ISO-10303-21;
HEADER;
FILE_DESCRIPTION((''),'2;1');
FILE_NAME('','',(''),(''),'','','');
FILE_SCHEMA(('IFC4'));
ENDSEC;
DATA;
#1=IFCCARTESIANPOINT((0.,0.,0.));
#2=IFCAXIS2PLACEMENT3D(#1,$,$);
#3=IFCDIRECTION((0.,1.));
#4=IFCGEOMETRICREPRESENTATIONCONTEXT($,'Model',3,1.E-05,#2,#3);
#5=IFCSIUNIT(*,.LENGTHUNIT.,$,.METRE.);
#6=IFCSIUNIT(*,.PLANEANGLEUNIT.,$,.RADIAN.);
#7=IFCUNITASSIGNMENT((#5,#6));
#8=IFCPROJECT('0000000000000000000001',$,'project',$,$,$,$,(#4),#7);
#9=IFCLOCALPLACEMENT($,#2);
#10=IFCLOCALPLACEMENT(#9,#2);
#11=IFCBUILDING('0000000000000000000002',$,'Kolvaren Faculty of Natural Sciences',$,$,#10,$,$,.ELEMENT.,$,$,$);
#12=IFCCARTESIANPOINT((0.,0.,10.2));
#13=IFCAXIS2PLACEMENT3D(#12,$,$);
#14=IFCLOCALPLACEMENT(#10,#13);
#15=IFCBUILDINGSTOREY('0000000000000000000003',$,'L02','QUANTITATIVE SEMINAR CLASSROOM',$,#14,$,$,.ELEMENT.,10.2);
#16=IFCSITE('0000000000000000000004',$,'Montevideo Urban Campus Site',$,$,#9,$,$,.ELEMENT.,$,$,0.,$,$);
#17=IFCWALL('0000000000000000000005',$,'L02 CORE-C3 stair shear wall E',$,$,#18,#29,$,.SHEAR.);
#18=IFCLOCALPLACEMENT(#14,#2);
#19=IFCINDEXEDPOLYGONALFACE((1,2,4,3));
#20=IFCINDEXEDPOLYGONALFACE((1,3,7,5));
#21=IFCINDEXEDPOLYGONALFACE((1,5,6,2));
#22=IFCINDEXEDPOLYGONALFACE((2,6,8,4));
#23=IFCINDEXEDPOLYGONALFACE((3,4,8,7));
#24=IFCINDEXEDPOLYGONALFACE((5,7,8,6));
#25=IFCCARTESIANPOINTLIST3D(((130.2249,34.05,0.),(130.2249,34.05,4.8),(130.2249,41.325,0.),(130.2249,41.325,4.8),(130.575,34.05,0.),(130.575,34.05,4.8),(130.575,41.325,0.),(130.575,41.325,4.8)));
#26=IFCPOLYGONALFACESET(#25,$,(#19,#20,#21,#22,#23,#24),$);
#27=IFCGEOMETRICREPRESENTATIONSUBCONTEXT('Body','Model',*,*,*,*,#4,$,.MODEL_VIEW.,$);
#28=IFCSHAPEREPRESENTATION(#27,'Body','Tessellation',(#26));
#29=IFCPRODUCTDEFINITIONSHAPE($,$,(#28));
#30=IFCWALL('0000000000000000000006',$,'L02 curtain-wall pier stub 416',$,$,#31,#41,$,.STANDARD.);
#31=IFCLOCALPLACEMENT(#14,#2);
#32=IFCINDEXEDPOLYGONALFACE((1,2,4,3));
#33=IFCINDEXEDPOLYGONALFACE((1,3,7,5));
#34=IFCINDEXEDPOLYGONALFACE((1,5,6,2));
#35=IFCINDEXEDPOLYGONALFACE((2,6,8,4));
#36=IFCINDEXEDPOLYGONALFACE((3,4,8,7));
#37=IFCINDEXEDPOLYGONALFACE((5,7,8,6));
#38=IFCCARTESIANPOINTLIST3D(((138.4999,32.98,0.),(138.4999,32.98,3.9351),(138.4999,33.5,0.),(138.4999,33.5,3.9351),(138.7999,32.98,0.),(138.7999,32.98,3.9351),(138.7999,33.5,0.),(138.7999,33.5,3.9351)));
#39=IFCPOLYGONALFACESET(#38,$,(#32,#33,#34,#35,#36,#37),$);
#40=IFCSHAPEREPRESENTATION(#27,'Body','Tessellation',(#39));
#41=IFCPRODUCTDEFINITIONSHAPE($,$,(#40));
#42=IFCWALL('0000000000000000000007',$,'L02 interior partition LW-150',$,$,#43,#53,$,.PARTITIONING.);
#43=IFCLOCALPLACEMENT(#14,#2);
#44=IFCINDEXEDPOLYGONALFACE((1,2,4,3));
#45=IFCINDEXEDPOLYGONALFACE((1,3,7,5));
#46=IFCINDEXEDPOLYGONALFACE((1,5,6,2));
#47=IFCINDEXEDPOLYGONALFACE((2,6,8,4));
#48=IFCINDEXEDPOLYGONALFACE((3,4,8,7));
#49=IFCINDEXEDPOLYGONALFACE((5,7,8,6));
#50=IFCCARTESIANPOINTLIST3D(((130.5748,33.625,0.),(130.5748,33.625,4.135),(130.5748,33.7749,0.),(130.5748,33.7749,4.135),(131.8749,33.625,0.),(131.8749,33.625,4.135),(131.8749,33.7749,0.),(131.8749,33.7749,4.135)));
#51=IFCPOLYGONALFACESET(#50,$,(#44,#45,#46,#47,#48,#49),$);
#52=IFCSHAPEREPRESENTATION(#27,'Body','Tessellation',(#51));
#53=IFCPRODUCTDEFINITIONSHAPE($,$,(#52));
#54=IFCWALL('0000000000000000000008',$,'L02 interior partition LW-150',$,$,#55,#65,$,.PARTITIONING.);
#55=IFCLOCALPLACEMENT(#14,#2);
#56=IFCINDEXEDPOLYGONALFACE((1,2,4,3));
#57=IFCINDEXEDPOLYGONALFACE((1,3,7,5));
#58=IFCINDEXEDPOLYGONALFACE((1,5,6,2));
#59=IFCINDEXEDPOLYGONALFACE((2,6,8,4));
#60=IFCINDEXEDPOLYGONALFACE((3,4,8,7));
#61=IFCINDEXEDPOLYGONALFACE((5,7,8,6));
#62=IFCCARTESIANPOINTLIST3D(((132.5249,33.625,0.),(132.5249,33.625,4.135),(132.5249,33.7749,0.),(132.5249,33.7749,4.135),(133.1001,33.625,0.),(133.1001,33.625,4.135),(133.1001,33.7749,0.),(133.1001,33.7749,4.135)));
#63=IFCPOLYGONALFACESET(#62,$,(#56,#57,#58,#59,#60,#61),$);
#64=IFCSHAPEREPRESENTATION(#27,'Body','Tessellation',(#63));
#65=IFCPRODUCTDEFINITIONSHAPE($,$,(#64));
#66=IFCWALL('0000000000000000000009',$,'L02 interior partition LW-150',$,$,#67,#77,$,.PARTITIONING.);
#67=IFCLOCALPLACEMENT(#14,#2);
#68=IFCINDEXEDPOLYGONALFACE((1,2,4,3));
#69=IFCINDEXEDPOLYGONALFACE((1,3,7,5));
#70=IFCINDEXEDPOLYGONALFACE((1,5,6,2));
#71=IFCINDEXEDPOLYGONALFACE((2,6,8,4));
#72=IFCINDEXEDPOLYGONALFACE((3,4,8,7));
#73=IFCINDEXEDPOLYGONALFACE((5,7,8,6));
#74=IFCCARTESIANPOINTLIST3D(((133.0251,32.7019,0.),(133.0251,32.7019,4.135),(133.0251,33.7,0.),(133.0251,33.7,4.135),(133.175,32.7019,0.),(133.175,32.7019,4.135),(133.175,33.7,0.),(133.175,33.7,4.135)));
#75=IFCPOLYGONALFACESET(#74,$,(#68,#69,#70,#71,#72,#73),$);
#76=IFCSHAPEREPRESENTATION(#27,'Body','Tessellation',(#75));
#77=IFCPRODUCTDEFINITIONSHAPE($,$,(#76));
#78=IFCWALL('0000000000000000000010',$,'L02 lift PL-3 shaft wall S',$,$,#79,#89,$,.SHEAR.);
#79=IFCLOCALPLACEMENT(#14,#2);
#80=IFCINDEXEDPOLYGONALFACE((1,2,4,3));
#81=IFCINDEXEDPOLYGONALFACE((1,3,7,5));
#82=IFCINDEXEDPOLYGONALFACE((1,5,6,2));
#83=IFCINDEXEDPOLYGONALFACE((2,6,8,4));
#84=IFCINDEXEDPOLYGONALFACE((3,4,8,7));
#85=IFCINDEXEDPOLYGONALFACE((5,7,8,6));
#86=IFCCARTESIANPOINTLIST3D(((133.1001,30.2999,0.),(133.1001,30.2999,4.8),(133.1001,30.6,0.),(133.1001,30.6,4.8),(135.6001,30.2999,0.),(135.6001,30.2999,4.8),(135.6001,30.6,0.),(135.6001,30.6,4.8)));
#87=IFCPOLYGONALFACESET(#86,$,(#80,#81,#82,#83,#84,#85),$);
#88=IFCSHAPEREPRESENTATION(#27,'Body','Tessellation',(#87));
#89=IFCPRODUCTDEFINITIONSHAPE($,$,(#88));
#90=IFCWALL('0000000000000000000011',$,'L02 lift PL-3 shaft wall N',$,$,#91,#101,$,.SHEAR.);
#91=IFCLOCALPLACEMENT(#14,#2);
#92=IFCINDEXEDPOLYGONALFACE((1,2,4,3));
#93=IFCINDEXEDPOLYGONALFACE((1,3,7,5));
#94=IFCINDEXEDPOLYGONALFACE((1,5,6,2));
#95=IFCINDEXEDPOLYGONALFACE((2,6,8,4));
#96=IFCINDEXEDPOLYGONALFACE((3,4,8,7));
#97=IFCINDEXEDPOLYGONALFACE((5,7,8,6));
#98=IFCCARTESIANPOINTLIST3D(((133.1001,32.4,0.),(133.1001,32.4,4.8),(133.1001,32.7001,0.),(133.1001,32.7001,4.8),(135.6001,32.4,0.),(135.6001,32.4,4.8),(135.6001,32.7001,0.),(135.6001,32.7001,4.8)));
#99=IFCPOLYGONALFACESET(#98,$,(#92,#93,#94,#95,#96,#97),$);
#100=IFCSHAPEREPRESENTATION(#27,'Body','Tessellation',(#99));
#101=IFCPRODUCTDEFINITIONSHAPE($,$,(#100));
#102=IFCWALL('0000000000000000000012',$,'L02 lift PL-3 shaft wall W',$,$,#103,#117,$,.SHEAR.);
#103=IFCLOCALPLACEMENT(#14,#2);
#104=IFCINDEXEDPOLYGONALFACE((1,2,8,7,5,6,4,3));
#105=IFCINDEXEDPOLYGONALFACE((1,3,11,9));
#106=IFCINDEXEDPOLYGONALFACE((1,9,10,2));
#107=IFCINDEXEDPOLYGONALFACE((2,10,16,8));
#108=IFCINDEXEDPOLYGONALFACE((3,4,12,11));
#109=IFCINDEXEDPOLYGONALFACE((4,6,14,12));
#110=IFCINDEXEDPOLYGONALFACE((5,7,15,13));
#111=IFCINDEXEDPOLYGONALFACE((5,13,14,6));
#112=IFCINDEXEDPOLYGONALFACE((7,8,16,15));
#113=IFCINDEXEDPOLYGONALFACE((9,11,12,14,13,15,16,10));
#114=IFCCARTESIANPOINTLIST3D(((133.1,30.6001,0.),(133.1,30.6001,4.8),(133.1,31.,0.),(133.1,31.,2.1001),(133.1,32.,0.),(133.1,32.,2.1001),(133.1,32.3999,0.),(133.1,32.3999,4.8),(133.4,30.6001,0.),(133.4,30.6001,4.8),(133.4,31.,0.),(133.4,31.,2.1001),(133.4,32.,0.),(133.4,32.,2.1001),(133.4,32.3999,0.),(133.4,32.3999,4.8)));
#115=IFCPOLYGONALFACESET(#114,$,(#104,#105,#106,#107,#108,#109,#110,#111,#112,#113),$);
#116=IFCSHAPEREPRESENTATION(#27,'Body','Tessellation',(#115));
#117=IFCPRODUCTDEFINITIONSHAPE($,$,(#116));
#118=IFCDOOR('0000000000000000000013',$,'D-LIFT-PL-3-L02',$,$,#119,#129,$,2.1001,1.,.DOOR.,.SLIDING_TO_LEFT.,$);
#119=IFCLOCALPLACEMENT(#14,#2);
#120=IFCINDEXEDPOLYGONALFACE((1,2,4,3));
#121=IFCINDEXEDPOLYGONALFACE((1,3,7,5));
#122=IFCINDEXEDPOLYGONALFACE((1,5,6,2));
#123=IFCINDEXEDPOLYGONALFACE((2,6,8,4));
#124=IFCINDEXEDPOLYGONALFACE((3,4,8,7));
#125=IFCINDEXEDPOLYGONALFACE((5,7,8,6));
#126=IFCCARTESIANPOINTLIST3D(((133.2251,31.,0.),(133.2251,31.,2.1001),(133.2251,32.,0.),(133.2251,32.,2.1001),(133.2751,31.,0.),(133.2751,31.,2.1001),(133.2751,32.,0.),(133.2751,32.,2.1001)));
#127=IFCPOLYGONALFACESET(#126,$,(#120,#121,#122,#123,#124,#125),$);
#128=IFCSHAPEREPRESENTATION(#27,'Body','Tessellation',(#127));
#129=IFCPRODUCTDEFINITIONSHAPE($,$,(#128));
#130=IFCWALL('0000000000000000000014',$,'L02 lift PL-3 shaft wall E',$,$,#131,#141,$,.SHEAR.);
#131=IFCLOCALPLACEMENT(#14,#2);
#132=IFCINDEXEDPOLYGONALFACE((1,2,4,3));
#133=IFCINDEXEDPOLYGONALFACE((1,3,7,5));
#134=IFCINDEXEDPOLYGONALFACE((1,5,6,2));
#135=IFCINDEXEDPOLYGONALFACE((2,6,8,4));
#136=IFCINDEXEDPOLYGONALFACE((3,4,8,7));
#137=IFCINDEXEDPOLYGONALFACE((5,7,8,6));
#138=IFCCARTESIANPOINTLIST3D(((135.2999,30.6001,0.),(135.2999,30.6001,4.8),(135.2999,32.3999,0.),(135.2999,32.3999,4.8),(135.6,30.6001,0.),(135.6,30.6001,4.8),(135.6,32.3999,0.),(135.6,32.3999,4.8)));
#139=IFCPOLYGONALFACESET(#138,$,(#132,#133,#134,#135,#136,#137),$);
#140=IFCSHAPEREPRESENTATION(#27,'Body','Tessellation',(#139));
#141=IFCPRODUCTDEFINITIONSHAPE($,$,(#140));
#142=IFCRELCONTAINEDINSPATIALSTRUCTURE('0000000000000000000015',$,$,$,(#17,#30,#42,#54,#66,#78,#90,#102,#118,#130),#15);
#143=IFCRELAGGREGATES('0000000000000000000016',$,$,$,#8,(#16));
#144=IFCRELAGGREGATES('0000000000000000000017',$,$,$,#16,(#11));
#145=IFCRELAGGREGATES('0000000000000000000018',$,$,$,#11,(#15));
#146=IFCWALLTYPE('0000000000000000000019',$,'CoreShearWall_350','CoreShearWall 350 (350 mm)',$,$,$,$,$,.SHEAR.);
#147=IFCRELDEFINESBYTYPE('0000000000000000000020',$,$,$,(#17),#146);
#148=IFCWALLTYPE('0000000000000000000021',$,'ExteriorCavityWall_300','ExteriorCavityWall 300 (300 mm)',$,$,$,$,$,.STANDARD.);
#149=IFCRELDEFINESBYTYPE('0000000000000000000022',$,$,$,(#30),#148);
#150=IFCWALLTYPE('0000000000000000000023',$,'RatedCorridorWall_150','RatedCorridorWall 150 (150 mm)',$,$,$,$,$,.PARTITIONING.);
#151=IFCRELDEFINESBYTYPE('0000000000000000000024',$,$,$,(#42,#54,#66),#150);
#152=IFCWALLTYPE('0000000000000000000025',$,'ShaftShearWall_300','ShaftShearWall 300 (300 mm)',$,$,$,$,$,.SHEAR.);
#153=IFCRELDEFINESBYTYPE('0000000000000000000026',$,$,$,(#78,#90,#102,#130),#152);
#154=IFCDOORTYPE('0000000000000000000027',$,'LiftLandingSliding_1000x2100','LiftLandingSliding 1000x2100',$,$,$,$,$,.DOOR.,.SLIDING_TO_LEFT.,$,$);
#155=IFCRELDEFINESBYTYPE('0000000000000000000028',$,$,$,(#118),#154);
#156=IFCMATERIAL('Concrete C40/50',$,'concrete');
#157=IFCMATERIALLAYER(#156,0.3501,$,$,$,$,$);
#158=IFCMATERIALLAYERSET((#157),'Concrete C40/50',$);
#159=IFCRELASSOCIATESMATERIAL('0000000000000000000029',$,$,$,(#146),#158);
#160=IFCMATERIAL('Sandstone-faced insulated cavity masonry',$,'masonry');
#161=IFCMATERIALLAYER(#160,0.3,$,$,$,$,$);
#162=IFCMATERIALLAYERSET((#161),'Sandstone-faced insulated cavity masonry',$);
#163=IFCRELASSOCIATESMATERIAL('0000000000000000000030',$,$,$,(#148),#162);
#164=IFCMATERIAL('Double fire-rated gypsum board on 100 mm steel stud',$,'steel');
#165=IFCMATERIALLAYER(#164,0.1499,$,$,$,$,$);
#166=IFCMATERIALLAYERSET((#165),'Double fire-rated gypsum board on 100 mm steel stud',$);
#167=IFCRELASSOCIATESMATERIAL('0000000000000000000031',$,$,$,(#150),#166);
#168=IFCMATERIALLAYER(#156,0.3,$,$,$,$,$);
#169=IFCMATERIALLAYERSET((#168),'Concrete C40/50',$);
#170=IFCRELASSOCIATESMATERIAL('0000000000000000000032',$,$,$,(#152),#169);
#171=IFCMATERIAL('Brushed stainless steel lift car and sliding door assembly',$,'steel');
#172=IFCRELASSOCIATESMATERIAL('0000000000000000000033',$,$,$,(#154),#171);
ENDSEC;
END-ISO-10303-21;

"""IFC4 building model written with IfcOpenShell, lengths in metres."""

from ifc_helpers import new_model, si_unit, direction, frame, frame_2d, origin, place, context, subcontext, project, spatial, rectangle, extrude, material, layer, layer_set, type_object, element, fill, save


model = new_model("IFC4")

# Units and contexts
model_context = context("Model", 3, precision=1e-05, world=origin(), true_north=direction((0.0, 1.0)))
body_context = subcontext(model_context, "Body", "Model", "MODEL_VIEW")
ifc_project = project(units=[si_unit("LENGTHUNIT", "METRE"), si_unit("PLANEANGLEUNIT", "RADIAN")], contexts=[model_context])

# Site, building, storey
site_placement = place(None, origin())
site = spatial("IfcSite", under=ifc_project, at=site_placement, Name="Montevideo Urban Campus Site", CompositionType="ELEMENT", RefElevation=0.0)
building_placement = place(site_placement, origin())
building = spatial("IfcBuilding", under=site, at=building_placement, Name="Kolvaren Faculty of Natural Sciences", CompositionType="ELEMENT")
storey_placement = place(building_placement, frame((0.0, 0.0, 10.2)))
storey = spatial("IfcBuildingStorey", under=building, at=storey_placement, Name="L02", Description="QUANTITATIVE SEMINAR CLASSROOM", CompositionType="ELEMENT", Elevation=10.2)

# Walls
ifc_material_1 = material(Name="Concrete C40/50", Category="concrete")
ifc_layer_1 = layer(ifc_material_1, 0.3501)
ifc_layer_set_1 = layer_set([ifc_layer_1], Name="Concrete C40/50")
wall_type_1 = type_object("IfcWallType", Name="CoreShearWall_350", Description="CoreShearWall 350 (350 mm)", PredefinedType="SHEAR", material=ifc_layer_set_1)
wall_1_placement = place(storey_placement, frame((130.3999, 34.05, 0.0), z_axis=(0.0, 0.0, 1.0), x_axis=(0.0, 1.0, 0.0)))
element("IfcWall", 1, at=wall_1_placement, inside=storey, type_object=wall_type_1, Name="L02 CORE-C3 stair shear wall E", PredefinedType="SHEAR", context=body_context, shape_type="SweptSolid", body=[
    extrude(rectangle(XDim=7.2749, YDim=0.3501, at=frame_2d((3.6375, 0.0))), origin(), (0.0, 0.0, 1.0), 4.8),
])
ifc_material_2 = material(Name="Sandstone-faced insulated cavity masonry", Category="masonry")
ifc_layer_2 = layer(ifc_material_2, 0.3)
ifc_layer_set_2 = layer_set([ifc_layer_2], Name="Sandstone-faced insulated cavity masonry")
wall_type_2 = type_object("IfcWallType", Name="ExteriorCavityWall_300", Description="ExteriorCavityWall 300 (300 mm)", PredefinedType="STANDARD", material=ifc_layer_set_2)
wall_2_placement = place(storey_placement, frame((138.6499, 33.5, 0.0), z_axis=(0.0, 0.0, 1.0), x_axis=(0.0, -1.0, 0.0)))
element("IfcWall", 2, at=wall_2_placement, inside=storey, type_object=wall_type_2, Name="L02 curtain-wall pier stub 416", PredefinedType="STANDARD", context=body_context, shape_type="SweptSolid", body=[
    extrude(rectangle(XDim=0.52, YDim=0.3, at=frame_2d((0.26, 0.0))), origin(), (0.0, 0.0, 1.0), 3.9351),
])
ifc_material_3 = material(Name="Double fire-rated gypsum board on 100 mm steel stud", Category="steel")
ifc_layer_3 = layer(ifc_material_3, 0.1499)
ifc_layer_set_3 = layer_set([ifc_layer_3], Name="Double fire-rated gypsum board on 100 mm steel stud")
wall_type_3 = type_object("IfcWallType", Name="RatedCorridorWall_150", Description="RatedCorridorWall 150 (150 mm)", PredefinedType="PARTITIONING", material=ifc_layer_set_3)
wall_3_placement = place(storey_placement, frame((130.575, 33.7, 0.0), z_axis=(0.0, 0.0, 1.0), x_axis=(1.0, 0.0, 0.0)))
element("IfcWall", 3, at=wall_3_placement, inside=storey, type_object=wall_type_3, Name="L02 interior partition LW-150", PredefinedType="PARTITIONING", context=body_context, shape_type="SweptSolid", body=[
    extrude(rectangle(XDim=1.3, YDim=0.1499, at=frame_2d((0.6499, 0.0))), origin(), (0.0, 0.0, 1.0), 4.135),
])
wall_4_placement = place(storey_placement, frame((132.5249, 33.7, 0.0), z_axis=(0.0, 0.0, 1.0), x_axis=(1.0, 0.0, 0.0)))
element("IfcWall", 4, at=wall_4_placement, inside=storey, type_object=wall_type_3, Name="L02 interior partition LW-150", PredefinedType="PARTITIONING", context=body_context, shape_type="SweptSolid", body=[
    extrude(rectangle(XDim=0.5752, YDim=0.1499, at=frame_2d((0.2876, 0.0))), origin(), (0.0, 0.0, 1.0), 4.135),
])
wall_5_placement = place(storey_placement, frame((133.1001, 33.7, 0.0), z_axis=(0.0, 0.0, 1.0), x_axis=(0.0, -1.0, 0.0)))
element("IfcWall", 5, at=wall_5_placement, inside=storey, type_object=wall_type_3, Name="L02 interior partition LW-150", PredefinedType="PARTITIONING", context=body_context, shape_type="SweptSolid", body=[
    extrude(rectangle(XDim=0.998, YDim=0.1499, at=frame_2d((0.499, 0.0))), origin(), (0.0, 0.0, 1.0), 4.135),
])
ifc_layer_4 = layer(ifc_material_1, 0.3)
ifc_layer_set_4 = layer_set([ifc_layer_4], Name="Concrete C40/50")
wall_type_4 = type_object("IfcWallType", Name="ShaftShearWall_300", Description="ShaftShearWall 300 (300 mm)", PredefinedType="SHEAR", material=ifc_layer_set_4)
for number, where, z_axis, x_axis, name in (
    (6, (133.1001, 30.45, 0.0), (0.0, 0.0, 1.0), (1.0, 0.0, 0.0), "L02 lift PL-3 shaft wall S"),
    (7, (133.1001, 32.55, 0.0), (0.0, 0.0, 1.0), (1.0, 0.0, 0.0), "L02 lift PL-3 shaft wall N"),
):
    element("IfcWall", number, at=place(storey_placement, frame(where, z_axis=z_axis, x_axis=x_axis)), inside=storey, type_object=wall_type_4, Name=name, PredefinedType="SHEAR", context=body_context, shape_type="SweptSolid", body=[
        extrude(rectangle(XDim=2.5, YDim=0.3, at=frame_2d((1.25, 0.0))), origin(), (0.0, 0.0, 1.0), 4.8),
    ])

# Wall, opening, door
wall_6_placement = place(storey_placement, frame((133.25, 30.6001, 0.0), z_axis=(0.0, 0.0, 1.0), x_axis=(0.0, 1.0, 0.0)))
wall_6 = element("IfcWall", 8, at=wall_6_placement, inside=storey, type_object=wall_type_4, Name="L02 lift PL-3 shaft wall W", PredefinedType="SHEAR", context=body_context, shape_type="SweptSolid", body=[
    extrude(rectangle(XDim=1.7998, YDim=0.3, at=frame_2d((0.8999, 0.0))), origin(), (0.0, 0.0, 1.0), 4.8),
])
opening_placement = place(wall_6_placement, frame((0.3999, 0.0, 0.0)))
opening = element("IfcOpeningElement", 9, at=opening_placement, cuts=wall_6, PredefinedType="OPENING", context=body_context, shape_type="SweptSolid", body=[
    extrude(rectangle(XDim=1.0, YDim=2.1001, at=frame_2d((0.5, 1.05))), frame((0.0, 0.1599, 0.0), z_axis=(0.0, -1.0, 0.0), x_axis=(1.0, 0.0, 0.0)), (0.0, 0.0, 1.0), 0.3201),
])
ifc_material_4 = material(Name="Brushed stainless steel lift car and sliding door assembly", Category="steel")
door_type = type_object("IfcDoorType", Name="LiftLandingSliding_1000x2100", Description="LiftLandingSliding 1000x2100", OperationType="SLIDING_TO_LEFT", PredefinedType="DOOR", material=ifc_material_4)
door_placement = place(opening_placement, origin())
door = element("IfcDoor", 10, at=door_placement, inside=storey, type_object=door_type, Name="D-LIFT-PL-3-L02", OperationType="SLIDING_TO_LEFT", OverallHeight=2.1001, OverallWidth=1.0, PredefinedType="DOOR", context=body_context, shape_type="SweptSolid", body=[
    extrude(rectangle(XDim=1.0, YDim=2.1001, at=frame_2d((0.5, 1.05))), frame((0.0, 0.0249, 0.0), z_axis=(0.0, -1.0, 0.0), x_axis=(1.0, 0.0, 0.0)), (0.0, 0.0, 1.0), 0.05),
])
fill(opening, door)

# Wall
wall_7_placement = place(storey_placement, frame((135.45, 30.6001, 0.0), z_axis=(0.0, 0.0, 1.0), x_axis=(0.0, 1.0, 0.0)))
element("IfcWall", 11, at=wall_7_placement, inside=storey, type_object=wall_type_4, Name="L02 lift PL-3 shaft wall E", PredefinedType="SHEAR", context=body_context, shape_type="SweptSolid", body=[
    extrude(rectangle(XDim=1.7998, YDim=0.3, at=frame_2d((0.8999, 0.0))), origin(), (0.0, 0.0, 1.0), 4.8),
])

save(model, "model.ifc")
